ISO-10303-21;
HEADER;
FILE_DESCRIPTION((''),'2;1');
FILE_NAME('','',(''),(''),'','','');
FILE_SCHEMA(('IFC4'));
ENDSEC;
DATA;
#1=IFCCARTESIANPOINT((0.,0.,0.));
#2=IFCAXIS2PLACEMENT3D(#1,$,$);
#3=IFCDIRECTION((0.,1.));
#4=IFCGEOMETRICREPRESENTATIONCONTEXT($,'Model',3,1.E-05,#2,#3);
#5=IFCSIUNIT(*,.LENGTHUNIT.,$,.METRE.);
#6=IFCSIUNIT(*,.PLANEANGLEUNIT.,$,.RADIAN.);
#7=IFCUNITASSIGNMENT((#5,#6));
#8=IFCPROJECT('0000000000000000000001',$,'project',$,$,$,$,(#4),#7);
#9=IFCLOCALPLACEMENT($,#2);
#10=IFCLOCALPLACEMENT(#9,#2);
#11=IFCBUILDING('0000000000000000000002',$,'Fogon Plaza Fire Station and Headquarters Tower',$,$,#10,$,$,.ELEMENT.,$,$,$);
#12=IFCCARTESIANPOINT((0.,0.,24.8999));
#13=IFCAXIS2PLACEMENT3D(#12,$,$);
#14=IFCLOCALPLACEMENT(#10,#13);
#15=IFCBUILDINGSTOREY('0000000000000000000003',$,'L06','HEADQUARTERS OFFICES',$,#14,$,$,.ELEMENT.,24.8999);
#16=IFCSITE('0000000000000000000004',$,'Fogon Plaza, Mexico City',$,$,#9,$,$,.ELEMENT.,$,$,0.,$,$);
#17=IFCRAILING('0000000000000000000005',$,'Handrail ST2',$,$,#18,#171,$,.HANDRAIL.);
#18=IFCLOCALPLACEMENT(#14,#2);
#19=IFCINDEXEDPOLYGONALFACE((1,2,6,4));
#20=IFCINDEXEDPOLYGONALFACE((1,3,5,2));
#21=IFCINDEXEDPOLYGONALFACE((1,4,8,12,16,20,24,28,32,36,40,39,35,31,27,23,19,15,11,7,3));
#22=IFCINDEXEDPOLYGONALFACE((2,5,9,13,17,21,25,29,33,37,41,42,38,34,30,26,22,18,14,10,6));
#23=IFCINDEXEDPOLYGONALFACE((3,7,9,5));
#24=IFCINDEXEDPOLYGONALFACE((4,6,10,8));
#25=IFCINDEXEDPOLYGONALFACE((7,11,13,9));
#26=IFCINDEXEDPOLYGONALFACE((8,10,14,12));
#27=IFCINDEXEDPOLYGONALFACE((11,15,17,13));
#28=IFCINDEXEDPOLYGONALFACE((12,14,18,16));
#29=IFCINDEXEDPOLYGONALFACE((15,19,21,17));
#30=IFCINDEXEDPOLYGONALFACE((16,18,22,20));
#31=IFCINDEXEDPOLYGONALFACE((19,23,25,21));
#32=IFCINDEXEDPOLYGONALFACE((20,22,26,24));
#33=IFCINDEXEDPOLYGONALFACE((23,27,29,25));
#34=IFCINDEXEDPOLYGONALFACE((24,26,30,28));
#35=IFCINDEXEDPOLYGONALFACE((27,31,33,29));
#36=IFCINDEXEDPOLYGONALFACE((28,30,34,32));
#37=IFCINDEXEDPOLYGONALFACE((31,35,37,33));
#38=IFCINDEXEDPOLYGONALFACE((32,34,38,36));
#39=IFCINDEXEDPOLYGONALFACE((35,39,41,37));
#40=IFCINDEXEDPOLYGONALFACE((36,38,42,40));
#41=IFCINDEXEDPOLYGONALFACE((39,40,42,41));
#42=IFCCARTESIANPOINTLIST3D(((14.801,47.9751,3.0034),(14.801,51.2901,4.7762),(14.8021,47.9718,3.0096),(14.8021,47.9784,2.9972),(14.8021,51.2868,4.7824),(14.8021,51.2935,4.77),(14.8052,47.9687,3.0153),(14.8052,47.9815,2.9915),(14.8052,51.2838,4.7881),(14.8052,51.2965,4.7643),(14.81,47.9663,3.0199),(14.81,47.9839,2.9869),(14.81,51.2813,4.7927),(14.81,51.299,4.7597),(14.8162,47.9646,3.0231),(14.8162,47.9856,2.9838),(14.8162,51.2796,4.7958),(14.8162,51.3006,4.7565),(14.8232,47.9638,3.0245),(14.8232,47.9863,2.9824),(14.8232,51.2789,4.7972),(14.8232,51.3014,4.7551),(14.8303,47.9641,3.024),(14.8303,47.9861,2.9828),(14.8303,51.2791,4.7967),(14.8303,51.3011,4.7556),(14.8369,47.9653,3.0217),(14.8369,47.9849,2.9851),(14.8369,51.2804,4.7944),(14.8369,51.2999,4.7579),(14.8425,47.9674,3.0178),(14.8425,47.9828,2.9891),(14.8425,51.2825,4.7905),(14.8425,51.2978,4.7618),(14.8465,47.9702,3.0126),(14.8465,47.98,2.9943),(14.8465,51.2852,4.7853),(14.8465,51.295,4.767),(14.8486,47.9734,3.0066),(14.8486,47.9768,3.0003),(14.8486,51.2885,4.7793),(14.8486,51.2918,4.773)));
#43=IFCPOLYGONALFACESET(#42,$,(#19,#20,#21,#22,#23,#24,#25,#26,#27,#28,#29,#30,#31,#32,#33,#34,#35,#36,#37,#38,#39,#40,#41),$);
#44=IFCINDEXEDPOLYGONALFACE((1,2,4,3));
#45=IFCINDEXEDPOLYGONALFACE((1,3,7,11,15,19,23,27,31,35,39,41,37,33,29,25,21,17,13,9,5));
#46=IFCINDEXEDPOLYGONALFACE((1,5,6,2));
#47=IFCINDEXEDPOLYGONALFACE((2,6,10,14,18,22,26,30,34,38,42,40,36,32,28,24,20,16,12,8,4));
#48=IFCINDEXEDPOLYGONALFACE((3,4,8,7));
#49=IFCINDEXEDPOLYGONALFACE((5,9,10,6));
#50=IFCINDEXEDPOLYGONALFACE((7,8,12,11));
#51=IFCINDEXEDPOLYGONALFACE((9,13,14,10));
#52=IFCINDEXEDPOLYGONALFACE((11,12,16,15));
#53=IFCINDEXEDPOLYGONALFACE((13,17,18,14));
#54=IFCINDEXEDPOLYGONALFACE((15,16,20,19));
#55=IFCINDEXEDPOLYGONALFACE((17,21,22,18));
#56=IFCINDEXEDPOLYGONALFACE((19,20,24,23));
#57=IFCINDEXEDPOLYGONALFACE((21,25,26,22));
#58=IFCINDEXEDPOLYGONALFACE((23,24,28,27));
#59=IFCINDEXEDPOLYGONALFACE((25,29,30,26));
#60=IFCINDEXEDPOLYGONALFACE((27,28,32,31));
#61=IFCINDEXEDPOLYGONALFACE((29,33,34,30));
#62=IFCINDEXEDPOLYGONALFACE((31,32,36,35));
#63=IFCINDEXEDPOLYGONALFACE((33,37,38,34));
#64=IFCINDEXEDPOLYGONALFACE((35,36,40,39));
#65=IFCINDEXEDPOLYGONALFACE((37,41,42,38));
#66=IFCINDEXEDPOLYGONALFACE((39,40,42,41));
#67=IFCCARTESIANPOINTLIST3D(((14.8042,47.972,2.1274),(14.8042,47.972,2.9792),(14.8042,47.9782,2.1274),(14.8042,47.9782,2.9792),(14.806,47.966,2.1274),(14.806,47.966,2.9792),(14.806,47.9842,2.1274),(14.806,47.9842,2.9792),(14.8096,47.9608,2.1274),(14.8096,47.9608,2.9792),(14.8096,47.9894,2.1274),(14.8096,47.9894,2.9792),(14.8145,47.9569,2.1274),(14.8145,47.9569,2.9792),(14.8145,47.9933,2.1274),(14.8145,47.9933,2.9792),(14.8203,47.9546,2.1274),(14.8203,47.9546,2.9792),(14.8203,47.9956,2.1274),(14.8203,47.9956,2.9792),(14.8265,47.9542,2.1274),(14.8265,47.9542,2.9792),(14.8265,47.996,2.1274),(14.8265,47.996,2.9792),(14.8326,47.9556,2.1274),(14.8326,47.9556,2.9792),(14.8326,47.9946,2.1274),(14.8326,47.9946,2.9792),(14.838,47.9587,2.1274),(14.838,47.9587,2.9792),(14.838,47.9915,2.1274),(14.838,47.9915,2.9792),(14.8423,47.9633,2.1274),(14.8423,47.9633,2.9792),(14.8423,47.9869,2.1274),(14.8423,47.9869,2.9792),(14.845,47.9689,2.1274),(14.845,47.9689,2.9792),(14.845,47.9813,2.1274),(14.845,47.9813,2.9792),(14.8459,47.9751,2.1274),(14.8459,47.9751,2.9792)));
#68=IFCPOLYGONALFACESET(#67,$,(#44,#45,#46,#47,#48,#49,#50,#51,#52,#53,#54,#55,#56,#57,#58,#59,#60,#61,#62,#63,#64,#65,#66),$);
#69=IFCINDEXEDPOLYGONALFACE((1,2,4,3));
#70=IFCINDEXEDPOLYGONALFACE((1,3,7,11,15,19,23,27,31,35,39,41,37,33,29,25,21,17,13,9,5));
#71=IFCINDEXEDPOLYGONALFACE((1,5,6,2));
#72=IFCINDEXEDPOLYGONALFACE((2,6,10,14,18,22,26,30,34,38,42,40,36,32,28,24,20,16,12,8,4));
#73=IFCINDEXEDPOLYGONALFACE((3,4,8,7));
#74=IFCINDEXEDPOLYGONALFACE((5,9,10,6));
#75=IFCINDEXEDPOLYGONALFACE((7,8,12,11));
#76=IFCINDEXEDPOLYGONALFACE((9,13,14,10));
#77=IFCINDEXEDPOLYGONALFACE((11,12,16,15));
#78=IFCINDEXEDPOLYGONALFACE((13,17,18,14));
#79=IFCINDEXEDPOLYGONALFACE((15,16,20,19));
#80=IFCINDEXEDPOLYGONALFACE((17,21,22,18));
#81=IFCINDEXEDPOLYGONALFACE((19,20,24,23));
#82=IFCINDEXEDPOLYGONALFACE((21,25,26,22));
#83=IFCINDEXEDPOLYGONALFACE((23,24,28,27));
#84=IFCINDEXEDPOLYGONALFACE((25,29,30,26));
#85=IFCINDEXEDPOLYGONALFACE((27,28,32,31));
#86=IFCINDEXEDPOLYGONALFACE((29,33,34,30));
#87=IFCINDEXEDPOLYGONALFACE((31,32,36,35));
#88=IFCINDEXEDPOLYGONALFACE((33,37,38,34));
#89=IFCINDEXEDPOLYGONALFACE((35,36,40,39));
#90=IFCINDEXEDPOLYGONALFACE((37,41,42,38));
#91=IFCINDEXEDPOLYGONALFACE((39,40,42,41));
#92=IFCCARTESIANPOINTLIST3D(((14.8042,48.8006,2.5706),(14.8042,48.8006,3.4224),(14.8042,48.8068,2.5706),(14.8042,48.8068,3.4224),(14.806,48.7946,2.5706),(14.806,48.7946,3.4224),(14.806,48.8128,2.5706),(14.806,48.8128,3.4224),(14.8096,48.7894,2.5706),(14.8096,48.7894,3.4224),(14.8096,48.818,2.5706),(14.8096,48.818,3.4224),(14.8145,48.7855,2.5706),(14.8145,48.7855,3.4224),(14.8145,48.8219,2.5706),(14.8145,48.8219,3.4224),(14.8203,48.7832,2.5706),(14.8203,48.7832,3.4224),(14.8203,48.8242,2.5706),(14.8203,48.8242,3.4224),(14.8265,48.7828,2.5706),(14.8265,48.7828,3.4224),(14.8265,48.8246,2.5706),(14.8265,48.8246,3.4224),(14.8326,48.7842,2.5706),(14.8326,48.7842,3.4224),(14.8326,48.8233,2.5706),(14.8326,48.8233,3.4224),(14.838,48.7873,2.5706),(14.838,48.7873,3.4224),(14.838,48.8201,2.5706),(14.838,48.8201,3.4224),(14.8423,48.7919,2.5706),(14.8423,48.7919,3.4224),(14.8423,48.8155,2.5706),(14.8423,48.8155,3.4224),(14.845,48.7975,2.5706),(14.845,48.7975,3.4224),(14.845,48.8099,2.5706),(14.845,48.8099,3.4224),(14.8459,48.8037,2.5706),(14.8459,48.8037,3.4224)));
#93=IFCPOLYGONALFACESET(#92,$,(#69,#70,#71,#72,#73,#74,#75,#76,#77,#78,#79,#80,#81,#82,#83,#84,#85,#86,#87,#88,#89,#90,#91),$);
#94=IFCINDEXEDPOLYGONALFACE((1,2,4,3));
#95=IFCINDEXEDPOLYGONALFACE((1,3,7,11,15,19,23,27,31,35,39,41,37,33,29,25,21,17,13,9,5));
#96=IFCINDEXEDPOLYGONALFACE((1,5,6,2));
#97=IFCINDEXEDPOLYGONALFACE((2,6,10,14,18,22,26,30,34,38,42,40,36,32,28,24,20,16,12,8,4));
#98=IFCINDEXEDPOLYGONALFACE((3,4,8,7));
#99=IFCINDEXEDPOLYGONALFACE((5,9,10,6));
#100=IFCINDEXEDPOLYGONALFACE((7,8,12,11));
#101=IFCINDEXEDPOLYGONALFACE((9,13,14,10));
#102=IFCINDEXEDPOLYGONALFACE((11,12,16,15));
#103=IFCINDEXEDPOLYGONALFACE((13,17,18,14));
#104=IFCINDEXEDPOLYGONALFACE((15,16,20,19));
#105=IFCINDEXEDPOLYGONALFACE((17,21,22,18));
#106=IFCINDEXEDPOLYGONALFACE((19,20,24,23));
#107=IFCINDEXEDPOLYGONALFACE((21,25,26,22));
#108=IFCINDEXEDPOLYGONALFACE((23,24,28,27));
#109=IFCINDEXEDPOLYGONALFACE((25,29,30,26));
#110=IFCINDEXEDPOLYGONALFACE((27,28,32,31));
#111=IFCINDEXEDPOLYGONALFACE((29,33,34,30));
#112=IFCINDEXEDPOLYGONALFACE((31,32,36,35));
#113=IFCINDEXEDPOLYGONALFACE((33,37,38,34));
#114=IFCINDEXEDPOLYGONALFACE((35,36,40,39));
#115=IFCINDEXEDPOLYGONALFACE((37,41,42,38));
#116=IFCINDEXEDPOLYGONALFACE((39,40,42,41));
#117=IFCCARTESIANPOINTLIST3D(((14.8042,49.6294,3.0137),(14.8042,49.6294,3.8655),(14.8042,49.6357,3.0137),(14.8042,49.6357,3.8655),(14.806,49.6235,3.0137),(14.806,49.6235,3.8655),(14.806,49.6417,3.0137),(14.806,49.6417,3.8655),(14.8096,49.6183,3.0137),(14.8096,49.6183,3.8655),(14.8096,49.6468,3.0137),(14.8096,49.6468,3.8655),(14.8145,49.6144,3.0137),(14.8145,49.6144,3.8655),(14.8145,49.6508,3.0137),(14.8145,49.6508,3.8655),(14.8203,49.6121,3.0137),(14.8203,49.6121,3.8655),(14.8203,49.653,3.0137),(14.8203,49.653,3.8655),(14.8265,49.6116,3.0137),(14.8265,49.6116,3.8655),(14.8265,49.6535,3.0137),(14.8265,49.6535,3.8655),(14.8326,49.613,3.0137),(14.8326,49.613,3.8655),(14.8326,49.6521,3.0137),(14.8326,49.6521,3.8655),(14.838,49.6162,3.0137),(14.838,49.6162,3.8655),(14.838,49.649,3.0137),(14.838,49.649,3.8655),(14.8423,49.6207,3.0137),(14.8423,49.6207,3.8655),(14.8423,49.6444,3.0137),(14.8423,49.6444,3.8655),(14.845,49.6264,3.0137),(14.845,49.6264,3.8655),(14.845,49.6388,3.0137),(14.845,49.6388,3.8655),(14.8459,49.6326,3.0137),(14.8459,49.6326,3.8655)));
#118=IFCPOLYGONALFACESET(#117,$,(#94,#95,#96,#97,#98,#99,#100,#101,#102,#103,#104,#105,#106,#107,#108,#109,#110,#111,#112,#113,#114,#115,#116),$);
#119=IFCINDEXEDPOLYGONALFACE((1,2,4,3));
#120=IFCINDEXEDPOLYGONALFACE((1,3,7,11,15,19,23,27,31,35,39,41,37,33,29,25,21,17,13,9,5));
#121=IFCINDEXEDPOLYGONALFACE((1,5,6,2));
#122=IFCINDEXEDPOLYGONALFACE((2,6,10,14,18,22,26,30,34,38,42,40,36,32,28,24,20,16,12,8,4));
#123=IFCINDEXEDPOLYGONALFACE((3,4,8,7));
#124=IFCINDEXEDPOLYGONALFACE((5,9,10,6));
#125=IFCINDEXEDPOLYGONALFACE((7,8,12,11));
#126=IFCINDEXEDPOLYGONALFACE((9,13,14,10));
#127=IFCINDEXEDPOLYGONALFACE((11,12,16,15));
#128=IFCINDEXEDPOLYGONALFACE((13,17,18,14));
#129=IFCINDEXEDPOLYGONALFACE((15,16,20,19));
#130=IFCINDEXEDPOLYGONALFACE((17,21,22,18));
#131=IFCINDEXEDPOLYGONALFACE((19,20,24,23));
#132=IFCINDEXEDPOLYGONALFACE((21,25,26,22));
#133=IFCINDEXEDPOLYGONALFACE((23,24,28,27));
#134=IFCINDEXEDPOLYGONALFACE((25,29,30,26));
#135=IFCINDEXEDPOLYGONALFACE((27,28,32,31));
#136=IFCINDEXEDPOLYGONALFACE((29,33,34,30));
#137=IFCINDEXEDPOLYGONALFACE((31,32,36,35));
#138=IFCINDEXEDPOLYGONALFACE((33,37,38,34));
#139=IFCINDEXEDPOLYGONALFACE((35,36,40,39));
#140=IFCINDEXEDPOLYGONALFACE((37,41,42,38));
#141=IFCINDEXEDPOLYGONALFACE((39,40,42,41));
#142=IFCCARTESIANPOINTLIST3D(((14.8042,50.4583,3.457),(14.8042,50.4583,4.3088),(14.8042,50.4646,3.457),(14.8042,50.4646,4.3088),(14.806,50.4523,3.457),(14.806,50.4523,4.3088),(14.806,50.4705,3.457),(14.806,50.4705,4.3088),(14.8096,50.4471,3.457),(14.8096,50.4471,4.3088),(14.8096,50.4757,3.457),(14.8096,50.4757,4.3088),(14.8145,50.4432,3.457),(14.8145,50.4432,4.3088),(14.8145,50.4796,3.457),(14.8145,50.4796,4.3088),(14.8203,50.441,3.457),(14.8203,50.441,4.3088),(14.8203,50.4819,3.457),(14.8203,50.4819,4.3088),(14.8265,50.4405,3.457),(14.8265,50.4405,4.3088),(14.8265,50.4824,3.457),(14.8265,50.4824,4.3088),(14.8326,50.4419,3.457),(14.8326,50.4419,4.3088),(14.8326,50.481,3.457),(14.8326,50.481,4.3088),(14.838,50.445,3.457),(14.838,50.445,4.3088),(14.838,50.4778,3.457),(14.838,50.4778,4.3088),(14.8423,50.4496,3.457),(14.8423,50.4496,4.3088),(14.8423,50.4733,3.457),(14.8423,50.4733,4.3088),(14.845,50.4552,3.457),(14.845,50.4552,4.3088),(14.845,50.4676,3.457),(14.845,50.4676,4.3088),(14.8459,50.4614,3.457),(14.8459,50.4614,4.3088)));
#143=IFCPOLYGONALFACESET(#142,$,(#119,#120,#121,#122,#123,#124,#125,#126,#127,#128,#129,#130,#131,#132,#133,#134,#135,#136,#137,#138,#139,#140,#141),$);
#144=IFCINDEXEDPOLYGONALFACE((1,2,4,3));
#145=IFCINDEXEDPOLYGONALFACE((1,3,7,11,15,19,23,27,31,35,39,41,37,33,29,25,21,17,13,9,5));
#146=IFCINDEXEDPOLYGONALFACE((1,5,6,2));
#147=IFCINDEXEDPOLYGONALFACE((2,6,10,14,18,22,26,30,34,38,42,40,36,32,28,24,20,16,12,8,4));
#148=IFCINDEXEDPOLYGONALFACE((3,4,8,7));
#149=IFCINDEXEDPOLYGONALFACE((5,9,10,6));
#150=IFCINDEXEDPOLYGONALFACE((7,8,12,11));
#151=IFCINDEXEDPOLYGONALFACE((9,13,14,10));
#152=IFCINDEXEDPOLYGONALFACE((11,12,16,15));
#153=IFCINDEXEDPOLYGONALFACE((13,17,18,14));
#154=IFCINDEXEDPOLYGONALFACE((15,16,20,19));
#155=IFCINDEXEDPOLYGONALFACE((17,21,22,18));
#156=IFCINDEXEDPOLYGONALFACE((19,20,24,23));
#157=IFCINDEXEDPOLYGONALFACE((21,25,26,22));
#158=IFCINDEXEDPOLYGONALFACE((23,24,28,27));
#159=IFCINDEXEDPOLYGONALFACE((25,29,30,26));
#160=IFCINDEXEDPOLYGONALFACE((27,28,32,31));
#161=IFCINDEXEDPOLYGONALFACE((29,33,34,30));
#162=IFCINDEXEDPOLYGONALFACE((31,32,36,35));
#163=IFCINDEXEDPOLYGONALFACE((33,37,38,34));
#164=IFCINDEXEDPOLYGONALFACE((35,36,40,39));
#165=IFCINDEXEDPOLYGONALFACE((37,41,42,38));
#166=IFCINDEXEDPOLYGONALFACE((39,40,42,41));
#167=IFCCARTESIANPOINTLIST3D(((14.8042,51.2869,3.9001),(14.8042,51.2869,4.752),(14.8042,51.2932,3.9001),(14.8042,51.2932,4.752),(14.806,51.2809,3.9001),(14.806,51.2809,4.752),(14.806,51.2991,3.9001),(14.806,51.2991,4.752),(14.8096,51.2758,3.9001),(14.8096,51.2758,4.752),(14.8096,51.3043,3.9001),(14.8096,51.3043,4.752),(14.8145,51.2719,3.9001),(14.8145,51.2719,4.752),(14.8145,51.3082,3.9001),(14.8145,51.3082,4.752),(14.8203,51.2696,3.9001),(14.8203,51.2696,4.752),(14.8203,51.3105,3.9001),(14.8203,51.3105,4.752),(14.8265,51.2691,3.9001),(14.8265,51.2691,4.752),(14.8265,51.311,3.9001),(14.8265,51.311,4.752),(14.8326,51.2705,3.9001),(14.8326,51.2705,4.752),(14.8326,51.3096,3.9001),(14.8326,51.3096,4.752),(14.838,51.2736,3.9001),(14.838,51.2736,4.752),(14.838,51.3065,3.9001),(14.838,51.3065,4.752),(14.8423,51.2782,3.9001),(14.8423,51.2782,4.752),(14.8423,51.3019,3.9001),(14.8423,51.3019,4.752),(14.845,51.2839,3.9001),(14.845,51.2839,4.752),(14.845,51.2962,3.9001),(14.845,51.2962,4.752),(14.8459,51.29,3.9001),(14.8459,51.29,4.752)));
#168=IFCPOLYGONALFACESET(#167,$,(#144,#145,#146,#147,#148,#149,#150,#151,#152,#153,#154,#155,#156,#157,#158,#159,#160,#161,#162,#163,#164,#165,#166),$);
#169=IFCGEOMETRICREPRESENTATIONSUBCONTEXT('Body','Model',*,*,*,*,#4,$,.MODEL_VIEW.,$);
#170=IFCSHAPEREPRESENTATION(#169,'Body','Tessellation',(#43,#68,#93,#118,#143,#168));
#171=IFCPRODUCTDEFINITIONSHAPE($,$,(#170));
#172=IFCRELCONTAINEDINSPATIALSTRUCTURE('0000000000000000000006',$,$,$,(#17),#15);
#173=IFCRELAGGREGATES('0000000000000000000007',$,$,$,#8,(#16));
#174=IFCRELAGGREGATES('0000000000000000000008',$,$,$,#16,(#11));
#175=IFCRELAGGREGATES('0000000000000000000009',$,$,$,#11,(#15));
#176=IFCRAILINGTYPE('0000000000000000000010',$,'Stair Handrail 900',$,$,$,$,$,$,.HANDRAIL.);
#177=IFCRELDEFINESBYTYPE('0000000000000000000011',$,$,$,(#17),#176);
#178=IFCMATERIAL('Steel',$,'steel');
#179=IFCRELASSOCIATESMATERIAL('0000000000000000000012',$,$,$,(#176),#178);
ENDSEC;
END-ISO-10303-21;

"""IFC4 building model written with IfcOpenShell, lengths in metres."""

from ifc_helpers import new_model, si_unit, direction, frame, origin, origin_2d, place, context, subcontext, project, spatial, circle, extrude, material, type_object, element, save


model = new_model("IFC4")

# Units and contexts
model_context = context("Model", 3, precision=1e-05, world=origin(), true_north=direction((0.0, 1.0)))
body_context = subcontext(model_context, "Body", "Model", "MODEL_VIEW")
ifc_project = project(units=[si_unit("LENGTHUNIT", "METRE"), si_unit("PLANEANGLEUNIT", "RADIAN")], contexts=[model_context])

# Site, building, storey
site_placement = place(None, origin())
site = spatial("IfcSite", under=ifc_project, at=site_placement, Name="Fogon Plaza, Mexico City", CompositionType="ELEMENT", RefElevation=0.0)
building_placement = place(site_placement, origin())
building = spatial("IfcBuilding", under=site, at=building_placement, Name="Fogon Plaza Fire Station and Headquarters Tower", CompositionType="ELEMENT")
storey_placement = place(building_placement, frame((0.0, 0.0, 24.8999)))
storey = spatial("IfcBuildingStorey", under=building, at=storey_placement, Name="L06", Description="HEADQUARTERS OFFICES", CompositionType="ELEMENT", Elevation=24.8999)

# Railing
ifc_material_1 = material(Name="Steel", Category="steel")
railing_type = type_object("IfcRailingType", Name="Stair Handrail 900", PredefinedType="HANDRAIL", material=ifc_material_1)
for number, where, name in (
    (1, (14.825, 47.9751, 2.1274), "Handrail ST2"),
):
    element("IfcRailing", number, at=place(storey_placement, frame(where)), inside=storey, type_object=railing_type, Name=name, PredefinedType="HANDRAIL", context=body_context, shape_type="SweptSolid", body=[
        extrude(circle(Radius=0.0239, at=origin_2d()), frame((0.0, 0.0, 0.876), z_axis=(0.0, 0.881829, 0.471569), x_axis=(-1.0, 0.0, 0.0)), (0.0, 0.0, 1.0), 3.7593),
        extrude(circle(Radius=0.021, at=origin_2d()), origin(), (0.0, 0.0, 1.0), 0.8518),
        extrude(circle(Radius=0.021, at=origin_2d()), frame((0.0, 0.8286, 0.4431)), (0.0, 0.0, 1.0), 0.8518),
        extrude(circle(Radius=0.021, at=origin_2d()), frame((0.0, 1.6575, 0.8862)), (0.0, 0.0, 1.0), 0.8518),
        extrude(circle(Radius=0.021, at=origin_2d()), frame((0.0, 2.4863, 1.3296)), (0.0, 0.0, 1.0), 0.8518),
        extrude(circle(Radius=0.021, at=origin_2d()), frame((0.0, 3.3149, 1.7727)), (0.0, 0.0, 1.0), 0.8518),
    ])

save(model, "model.ifc")
